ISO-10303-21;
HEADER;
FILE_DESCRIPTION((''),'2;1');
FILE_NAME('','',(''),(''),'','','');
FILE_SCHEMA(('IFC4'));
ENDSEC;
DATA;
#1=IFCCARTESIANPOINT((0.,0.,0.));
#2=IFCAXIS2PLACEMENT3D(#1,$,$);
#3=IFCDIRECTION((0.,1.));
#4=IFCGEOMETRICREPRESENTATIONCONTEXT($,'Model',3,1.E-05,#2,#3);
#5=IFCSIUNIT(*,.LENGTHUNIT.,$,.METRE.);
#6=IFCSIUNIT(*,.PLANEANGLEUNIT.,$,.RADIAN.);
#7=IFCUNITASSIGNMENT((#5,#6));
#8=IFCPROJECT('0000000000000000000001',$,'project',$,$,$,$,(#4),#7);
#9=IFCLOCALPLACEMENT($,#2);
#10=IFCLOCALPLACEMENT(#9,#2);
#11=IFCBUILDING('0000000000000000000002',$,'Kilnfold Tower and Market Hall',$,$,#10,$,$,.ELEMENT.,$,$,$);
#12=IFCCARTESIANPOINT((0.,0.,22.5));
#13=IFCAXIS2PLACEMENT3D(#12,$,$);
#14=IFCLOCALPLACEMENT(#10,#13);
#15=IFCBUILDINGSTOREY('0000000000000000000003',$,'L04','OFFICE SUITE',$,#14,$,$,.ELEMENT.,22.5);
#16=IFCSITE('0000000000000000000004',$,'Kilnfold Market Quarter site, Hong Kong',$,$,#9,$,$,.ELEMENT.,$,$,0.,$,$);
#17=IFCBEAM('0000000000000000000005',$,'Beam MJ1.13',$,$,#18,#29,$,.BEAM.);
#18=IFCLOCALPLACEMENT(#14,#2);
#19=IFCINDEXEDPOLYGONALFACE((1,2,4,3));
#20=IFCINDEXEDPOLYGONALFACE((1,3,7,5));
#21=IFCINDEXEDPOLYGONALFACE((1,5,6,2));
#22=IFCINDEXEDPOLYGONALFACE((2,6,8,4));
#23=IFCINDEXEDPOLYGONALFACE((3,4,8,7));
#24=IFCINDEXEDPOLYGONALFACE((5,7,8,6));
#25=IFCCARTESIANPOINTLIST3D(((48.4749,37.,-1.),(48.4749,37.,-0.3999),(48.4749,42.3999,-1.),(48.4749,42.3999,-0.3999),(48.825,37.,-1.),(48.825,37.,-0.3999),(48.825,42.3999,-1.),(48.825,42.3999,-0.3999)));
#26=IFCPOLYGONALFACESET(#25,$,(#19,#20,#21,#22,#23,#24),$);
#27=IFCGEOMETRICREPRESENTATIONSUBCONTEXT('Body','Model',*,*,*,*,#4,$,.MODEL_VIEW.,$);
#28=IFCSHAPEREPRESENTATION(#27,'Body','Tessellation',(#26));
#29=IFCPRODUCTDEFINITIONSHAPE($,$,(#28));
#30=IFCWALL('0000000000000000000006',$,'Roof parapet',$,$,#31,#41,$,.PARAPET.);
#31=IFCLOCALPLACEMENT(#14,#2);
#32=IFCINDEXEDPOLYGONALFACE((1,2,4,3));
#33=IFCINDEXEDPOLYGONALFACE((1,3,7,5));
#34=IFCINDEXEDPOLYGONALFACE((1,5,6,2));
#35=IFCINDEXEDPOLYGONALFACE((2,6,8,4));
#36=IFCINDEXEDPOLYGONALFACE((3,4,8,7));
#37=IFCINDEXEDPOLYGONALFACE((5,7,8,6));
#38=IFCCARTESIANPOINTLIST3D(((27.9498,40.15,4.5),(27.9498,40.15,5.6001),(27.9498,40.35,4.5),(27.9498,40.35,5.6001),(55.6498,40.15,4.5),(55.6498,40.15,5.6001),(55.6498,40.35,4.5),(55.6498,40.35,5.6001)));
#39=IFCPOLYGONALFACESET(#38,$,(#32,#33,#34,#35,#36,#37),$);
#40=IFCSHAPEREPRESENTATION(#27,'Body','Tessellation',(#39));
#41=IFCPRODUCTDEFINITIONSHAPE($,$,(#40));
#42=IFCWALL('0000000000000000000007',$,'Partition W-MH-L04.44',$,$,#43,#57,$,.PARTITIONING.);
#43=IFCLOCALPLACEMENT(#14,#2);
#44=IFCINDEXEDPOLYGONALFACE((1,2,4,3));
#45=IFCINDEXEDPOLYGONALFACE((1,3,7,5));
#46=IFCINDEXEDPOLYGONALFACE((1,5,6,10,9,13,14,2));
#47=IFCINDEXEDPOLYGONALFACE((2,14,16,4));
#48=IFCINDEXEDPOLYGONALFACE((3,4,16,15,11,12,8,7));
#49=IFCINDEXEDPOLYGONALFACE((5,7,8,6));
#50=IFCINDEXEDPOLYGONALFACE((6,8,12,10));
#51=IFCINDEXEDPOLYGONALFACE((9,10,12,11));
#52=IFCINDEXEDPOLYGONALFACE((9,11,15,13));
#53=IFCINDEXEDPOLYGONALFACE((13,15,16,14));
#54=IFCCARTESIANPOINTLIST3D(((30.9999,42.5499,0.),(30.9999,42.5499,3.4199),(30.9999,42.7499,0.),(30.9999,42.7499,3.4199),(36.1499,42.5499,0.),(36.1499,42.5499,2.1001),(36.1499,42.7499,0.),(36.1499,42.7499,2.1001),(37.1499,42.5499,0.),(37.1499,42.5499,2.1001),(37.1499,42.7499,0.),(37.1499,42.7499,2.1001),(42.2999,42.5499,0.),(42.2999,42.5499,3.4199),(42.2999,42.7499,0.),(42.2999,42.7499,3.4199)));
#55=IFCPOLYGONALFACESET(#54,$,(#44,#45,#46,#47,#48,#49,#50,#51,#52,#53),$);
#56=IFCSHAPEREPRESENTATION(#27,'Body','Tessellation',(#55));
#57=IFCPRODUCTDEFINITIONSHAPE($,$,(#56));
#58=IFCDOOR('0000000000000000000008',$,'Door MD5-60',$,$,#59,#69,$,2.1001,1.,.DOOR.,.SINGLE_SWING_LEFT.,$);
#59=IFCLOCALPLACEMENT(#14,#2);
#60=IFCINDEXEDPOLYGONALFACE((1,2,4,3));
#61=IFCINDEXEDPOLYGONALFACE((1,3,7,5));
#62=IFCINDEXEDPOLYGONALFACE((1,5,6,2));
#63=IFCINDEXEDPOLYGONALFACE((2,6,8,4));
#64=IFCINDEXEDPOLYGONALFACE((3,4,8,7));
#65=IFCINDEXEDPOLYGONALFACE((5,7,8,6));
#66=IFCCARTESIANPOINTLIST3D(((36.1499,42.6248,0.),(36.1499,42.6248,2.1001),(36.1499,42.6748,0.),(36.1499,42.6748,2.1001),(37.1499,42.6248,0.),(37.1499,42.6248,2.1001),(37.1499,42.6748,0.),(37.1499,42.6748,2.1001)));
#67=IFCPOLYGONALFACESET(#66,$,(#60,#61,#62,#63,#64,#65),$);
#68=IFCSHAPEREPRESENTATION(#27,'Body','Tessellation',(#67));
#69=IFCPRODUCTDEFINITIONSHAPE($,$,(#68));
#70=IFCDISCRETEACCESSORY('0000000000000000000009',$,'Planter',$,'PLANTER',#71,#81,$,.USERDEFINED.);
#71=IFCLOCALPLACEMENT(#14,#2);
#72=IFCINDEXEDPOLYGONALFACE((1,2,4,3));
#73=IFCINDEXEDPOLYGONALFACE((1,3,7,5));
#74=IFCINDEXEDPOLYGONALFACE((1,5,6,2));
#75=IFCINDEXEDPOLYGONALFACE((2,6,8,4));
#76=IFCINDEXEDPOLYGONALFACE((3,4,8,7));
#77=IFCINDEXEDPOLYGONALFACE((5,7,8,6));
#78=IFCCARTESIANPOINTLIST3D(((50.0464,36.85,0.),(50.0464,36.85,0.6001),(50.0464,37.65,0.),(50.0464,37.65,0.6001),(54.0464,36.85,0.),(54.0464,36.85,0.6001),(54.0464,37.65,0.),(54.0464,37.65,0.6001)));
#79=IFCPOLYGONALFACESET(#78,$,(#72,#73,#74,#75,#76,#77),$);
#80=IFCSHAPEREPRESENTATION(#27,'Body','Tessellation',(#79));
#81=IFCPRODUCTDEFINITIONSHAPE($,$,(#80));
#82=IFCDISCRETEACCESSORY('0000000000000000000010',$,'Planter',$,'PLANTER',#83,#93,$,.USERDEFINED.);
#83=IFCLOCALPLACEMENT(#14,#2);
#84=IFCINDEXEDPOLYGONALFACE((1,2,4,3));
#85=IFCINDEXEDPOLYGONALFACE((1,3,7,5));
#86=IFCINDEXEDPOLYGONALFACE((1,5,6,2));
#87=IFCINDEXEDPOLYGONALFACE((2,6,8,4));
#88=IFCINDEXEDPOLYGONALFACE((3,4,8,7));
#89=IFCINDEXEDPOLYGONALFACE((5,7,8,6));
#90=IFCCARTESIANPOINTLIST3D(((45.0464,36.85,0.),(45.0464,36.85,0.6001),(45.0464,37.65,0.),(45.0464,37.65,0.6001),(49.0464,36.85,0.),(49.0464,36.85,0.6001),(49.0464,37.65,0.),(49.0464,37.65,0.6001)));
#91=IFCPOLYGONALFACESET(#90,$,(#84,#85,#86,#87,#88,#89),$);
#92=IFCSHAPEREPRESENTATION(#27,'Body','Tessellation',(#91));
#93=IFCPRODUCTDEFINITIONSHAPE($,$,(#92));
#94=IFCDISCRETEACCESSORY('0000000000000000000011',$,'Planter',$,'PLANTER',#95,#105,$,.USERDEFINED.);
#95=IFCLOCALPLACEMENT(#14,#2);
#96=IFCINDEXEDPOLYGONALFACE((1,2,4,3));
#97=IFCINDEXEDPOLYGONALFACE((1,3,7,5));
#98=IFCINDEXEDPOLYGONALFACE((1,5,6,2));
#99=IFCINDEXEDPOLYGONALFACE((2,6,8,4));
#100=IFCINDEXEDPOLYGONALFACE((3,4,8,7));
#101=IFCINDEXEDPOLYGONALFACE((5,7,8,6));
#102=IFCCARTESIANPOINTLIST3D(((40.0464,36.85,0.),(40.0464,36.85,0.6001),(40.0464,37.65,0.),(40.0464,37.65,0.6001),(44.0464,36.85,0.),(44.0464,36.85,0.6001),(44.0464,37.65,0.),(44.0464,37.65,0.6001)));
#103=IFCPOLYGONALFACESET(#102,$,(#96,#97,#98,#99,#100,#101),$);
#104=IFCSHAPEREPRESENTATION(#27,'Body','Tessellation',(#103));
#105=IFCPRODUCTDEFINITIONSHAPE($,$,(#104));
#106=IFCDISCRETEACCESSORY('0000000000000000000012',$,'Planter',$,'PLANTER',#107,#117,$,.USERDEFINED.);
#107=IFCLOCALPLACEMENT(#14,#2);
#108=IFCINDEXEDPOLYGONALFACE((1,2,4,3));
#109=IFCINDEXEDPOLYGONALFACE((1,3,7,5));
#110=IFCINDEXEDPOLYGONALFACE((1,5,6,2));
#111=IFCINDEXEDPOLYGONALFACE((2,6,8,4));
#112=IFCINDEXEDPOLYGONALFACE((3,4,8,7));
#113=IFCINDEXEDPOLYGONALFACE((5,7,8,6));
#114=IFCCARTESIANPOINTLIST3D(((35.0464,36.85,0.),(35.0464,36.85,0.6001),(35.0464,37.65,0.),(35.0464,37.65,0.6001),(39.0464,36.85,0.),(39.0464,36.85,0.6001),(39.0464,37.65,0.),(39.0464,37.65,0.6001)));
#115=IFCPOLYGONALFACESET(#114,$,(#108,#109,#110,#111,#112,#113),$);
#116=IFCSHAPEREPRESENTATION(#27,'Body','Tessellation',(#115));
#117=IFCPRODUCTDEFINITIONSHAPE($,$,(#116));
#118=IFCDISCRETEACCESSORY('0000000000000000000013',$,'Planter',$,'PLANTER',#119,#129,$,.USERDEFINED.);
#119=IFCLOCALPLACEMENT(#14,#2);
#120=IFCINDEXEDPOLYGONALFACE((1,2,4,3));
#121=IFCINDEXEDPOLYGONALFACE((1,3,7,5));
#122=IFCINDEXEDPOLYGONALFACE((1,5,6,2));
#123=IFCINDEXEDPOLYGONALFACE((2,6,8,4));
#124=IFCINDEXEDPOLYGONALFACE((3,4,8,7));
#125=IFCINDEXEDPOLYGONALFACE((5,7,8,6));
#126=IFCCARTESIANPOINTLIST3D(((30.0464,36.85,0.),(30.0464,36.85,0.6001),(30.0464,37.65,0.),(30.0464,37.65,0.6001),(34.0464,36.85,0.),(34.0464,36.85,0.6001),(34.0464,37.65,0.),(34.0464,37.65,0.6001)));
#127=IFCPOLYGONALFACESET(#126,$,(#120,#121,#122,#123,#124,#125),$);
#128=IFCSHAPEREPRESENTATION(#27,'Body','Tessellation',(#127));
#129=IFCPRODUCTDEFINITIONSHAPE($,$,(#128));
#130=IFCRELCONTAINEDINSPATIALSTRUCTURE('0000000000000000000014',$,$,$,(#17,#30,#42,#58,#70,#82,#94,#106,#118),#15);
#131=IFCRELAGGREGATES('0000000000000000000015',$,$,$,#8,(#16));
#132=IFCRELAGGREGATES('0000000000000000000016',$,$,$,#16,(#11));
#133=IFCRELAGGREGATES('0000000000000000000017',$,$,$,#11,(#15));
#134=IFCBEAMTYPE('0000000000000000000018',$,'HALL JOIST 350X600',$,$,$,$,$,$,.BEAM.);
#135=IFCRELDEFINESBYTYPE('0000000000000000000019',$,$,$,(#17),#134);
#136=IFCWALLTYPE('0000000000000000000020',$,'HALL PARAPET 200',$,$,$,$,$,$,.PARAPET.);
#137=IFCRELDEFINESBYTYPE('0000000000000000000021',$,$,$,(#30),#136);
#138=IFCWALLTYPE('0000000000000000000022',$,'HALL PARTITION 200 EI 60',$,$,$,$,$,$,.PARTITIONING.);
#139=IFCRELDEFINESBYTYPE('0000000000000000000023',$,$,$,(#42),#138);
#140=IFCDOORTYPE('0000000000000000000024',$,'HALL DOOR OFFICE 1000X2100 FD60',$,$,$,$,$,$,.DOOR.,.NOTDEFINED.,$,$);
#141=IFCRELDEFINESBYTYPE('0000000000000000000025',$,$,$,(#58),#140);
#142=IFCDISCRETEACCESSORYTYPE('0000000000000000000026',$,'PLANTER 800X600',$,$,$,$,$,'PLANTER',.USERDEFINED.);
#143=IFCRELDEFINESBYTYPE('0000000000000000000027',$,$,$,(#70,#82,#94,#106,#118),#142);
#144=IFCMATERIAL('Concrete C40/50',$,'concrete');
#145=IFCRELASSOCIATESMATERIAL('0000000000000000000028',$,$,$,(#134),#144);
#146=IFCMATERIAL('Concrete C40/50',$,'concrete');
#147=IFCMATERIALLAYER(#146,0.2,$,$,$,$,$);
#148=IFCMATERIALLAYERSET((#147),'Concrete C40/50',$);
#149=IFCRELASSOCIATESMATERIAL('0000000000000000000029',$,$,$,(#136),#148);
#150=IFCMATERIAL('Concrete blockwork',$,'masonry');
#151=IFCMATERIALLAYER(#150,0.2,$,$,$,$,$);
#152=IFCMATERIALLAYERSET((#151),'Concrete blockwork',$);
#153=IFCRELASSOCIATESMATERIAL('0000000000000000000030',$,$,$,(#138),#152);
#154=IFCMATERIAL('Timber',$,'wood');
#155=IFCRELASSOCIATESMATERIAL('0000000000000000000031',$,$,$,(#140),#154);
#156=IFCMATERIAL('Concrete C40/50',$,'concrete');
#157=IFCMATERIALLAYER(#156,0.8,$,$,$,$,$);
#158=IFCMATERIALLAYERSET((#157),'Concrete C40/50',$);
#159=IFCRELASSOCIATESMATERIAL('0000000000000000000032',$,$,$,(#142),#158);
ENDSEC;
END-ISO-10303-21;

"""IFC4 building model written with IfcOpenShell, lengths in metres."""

from ifc_helpers import new_model, si_unit, direction, frame, frame_2d, origin, origin_2d, place, context, subcontext, project, spatial, rectangle, extrude, source, transform, mapped, material, layer, layer_set, material_profile, profile_set, type_object, element, fill, save


model = new_model("IFC4")

# Units and contexts
model_context = context("Model", 3, precision=1e-05, world=origin(), true_north=direction((0.0, 1.0)))
body_context = subcontext(model_context, "Body", "Model", "MODEL_VIEW")
ifc_project = project(units=[si_unit("LENGTHUNIT", "METRE"), si_unit("PLANEANGLEUNIT", "RADIAN")], contexts=[model_context])

# Site, building, storey
site_placement = place(None, origin())
site = spatial("IfcSite", under=ifc_project, at=site_placement, Name="Kilnfold Market Quarter site, Hong Kong", CompositionType="ELEMENT", RefElevation=0.0)
building_placement = place(site_placement, origin())
building = spatial("IfcBuilding", under=site, at=building_placement, Name="Kilnfold Tower and Market Hall", CompositionType="ELEMENT")
storey_placement = place(building_placement, frame((0.0, 0.0, 22.5)))
storey = spatial("IfcBuildingStorey", under=building, at=storey_placement, Name="L04", Description="OFFICE SUITE", CompositionType="ELEMENT", Elevation=22.5)

# Beam
ifc_material_1 = material(Name="Concrete C40/50", Category="concrete")
ifc_material_profile_1 = material_profile(ifc_material_1, rectangle(XDim=0.3501, YDim=0.6001, at=origin_2d()), Name="RC 350x600")
ifc_profile_set_1 = profile_set([ifc_material_profile_1], Name="Concrete C40/50")
beam_type_1 = type_object("IfcBeamType", Name="HALL JOIST 350X600", PredefinedType="BEAM", material=ifc_profile_set_1)
for number, where, z_axis, x_axis, name in (
    (1, (48.6499, 37.0, -0.7), (0.0, 1.0, 0.0), (-1.0, 0.0, 0.0), "Beam MJ1.13"),
):
    element("IfcBeam", number, at=place(storey_placement, frame(where, z_axis=z_axis, x_axis=x_axis)), inside=storey, type_object=beam_type_1, Name=name, PredefinedType="BEAM", context=body_context, shape_type="SweptSolid", body=[
        extrude(rectangle(XDim=0.3501, YDim=0.6001, at=origin_2d()), origin(), (0.0, 0.0, 1.0), 5.3999),
    ])

# Wall
ifc_material_2 = material(Name="Concrete C40/50", Category="concrete")
ifc_layer_1 = layer(ifc_material_2, 0.2)
ifc_layer_set_1 = layer_set([ifc_layer_1], Name="Concrete C40/50")
wall_type_1 = type_object("IfcWallType", Name="HALL PARAPET 200", PredefinedType="PARAPET", material=ifc_layer_set_1)
shared_shape_1 = source(origin(), body_context, "Body", "SweptSolid", [
    extrude(rectangle(XDim=27.7, YDim=0.2, at=frame_2d((13.8501, 0.0))), origin(), (0.0, 0.0, 1.0), 1.1001),
])
wall_1_placement = place(storey_placement, frame((55.6499, 40.25, 4.5), z_axis=(0.0, 0.0, 1.0), x_axis=(-1.0, 0.0, 0.0)))
element("IfcWall", 2, at=wall_1_placement, inside=storey, type_object=wall_type_1, Name="Roof parapet", PredefinedType="PARAPET", context=body_context, shape_type="MappedRepresentation", body=[
    mapped(shared_shape_1, transform((0.0, 0.0, 0.0))),
])

# Wall, opening, door
ifc_material_3 = material(Name="Concrete blockwork", Category="masonry")
ifc_layer_2 = layer(ifc_material_3, 0.2)
ifc_layer_set_2 = layer_set([ifc_layer_2], Name="Concrete blockwork")
wall_type_2 = type_object("IfcWallType", Name="HALL PARTITION 200 EI 60", PredefinedType="PARTITIONING", material=ifc_layer_set_2)
shared_shape_2 = source(origin(), body_context, "Body", "SweptSolid", [
    extrude(rectangle(XDim=11.3, YDim=0.2, at=frame_2d((5.6499, 0.0))), origin(), (0.0, 0.0, 1.0), 3.4199),
])
wall_2_placement = place(storey_placement, frame((31.0, 42.6499, 0.0), z_axis=(0.0, 0.0, 1.0), x_axis=(1.0, 0.0, 0.0)))
wall_2 = element("IfcWall", 3, at=wall_2_placement, inside=storey, type_object=wall_type_2, Name="Partition W-MH-L04.44", PredefinedType="PARTITIONING", context=body_context, shape_type="MappedRepresentation", body=[
    mapped(shared_shape_2, transform((0.0, 0.0, 0.0))),
])
opening_1_placement = place(wall_2_placement, frame((5.1499, 0.0, 0.0)))
opening_1 = element("IfcOpeningElement", 4, at=opening_1_placement, cuts=wall_2, PredefinedType="OPENING", context=body_context, shape_type="SweptSolid", body=[
    extrude(rectangle(XDim=1.0, YDim=2.1001, at=frame_2d((0.5, 1.05))), frame((0.0, 0.1099, 0.0), z_axis=(0.0, -1.0, 0.0), x_axis=(1.0, 0.0, 0.0)), (0.0, 0.0, 1.0), 0.22),
])
ifc_material_4 = material(Name="Timber", Category="wood")
door_type_1 = type_object("IfcDoorType", Name="HALL DOOR OFFICE 1000X2100 FD60", OperationType="NOTDEFINED", PredefinedType="DOOR", material=ifc_material_4)
door_1_placement = place(opening_1_placement, origin())
door_1 = element("IfcDoor", 5, at=door_1_placement, inside=storey, type_object=door_type_1, Name="Door MD5-60", OperationType="SINGLE_SWING_LEFT", OverallHeight=2.1001, OverallWidth=1.0, PredefinedType="DOOR", context=body_context, shape_type="SweptSolid", body=[
    extrude(rectangle(XDim=1.0, YDim=2.1001, at=frame_2d((0.5, 1.05))), frame((0.0, 0.0249, 0.0), z_axis=(0.0, -1.0, 0.0), x_axis=(1.0, 0.0, 0.0)), (0.0, 0.0, 1.0), 0.05),
])
fill(opening_1, door_1)

# Discrete accessories
ifc_material_5 = material(Name="Concrete C40/50", Category="concrete")
ifc_layer_3 = layer(ifc_material_5, 0.8)
ifc_layer_set_3 = layer_set([ifc_layer_3], Name="Concrete C40/50")
discrete_accessory_type = type_object("IfcDiscreteAccessoryType", Name="PLANTER 800X600", ElementType="PLANTER", PredefinedType="USERDEFINED", material=ifc_layer_set_3)
shared_shape_3 = source(origin(), body_context, "Body", "SweptSolid", [
    extrude(rectangle(XDim=4.0, YDim=0.8, at=origin_2d()), origin(), (0.0, 0.0, 1.0), 0.6001),
])
for number, where, z_axis, x_axis, name in (
    (6, (52.0464, 37.25, 0.0), (0.0, 0.0, 1.0), (-1.0, 0.0, 0.0), "Planter"),
    (7, (47.0464, 37.25, 0.0), (0.0, 0.0, 1.0), (-1.0, 0.0, 0.0), "Planter"),
    (8, (42.0464, 37.25, 0.0), (0.0, 0.0, 1.0), (-1.0, 0.0, 0.0), "Planter"),
    (9, (37.0464, 37.25, 0.0), (0.0, 0.0, 1.0), (-1.0, 0.0, 0.0), "Planter"),
    (10, (32.0464, 37.25, 0.0), (0.0, 0.0, 1.0), (-1.0, 0.0, 0.0), "Planter"),
):
    element("IfcDiscreteAccessory", number, at=place(storey_placement, frame(where, z_axis=z_axis, x_axis=x_axis)), inside=storey, type_object=discrete_accessory_type, Name=name, ObjectType="PLANTER", PredefinedType="USERDEFINED", context=body_context, shape_type="MappedRepresentation", body=[
        mapped(shared_shape_3, transform((0.0, 0.0, 0.0))),
    ])

save(model, "model.ifc")
